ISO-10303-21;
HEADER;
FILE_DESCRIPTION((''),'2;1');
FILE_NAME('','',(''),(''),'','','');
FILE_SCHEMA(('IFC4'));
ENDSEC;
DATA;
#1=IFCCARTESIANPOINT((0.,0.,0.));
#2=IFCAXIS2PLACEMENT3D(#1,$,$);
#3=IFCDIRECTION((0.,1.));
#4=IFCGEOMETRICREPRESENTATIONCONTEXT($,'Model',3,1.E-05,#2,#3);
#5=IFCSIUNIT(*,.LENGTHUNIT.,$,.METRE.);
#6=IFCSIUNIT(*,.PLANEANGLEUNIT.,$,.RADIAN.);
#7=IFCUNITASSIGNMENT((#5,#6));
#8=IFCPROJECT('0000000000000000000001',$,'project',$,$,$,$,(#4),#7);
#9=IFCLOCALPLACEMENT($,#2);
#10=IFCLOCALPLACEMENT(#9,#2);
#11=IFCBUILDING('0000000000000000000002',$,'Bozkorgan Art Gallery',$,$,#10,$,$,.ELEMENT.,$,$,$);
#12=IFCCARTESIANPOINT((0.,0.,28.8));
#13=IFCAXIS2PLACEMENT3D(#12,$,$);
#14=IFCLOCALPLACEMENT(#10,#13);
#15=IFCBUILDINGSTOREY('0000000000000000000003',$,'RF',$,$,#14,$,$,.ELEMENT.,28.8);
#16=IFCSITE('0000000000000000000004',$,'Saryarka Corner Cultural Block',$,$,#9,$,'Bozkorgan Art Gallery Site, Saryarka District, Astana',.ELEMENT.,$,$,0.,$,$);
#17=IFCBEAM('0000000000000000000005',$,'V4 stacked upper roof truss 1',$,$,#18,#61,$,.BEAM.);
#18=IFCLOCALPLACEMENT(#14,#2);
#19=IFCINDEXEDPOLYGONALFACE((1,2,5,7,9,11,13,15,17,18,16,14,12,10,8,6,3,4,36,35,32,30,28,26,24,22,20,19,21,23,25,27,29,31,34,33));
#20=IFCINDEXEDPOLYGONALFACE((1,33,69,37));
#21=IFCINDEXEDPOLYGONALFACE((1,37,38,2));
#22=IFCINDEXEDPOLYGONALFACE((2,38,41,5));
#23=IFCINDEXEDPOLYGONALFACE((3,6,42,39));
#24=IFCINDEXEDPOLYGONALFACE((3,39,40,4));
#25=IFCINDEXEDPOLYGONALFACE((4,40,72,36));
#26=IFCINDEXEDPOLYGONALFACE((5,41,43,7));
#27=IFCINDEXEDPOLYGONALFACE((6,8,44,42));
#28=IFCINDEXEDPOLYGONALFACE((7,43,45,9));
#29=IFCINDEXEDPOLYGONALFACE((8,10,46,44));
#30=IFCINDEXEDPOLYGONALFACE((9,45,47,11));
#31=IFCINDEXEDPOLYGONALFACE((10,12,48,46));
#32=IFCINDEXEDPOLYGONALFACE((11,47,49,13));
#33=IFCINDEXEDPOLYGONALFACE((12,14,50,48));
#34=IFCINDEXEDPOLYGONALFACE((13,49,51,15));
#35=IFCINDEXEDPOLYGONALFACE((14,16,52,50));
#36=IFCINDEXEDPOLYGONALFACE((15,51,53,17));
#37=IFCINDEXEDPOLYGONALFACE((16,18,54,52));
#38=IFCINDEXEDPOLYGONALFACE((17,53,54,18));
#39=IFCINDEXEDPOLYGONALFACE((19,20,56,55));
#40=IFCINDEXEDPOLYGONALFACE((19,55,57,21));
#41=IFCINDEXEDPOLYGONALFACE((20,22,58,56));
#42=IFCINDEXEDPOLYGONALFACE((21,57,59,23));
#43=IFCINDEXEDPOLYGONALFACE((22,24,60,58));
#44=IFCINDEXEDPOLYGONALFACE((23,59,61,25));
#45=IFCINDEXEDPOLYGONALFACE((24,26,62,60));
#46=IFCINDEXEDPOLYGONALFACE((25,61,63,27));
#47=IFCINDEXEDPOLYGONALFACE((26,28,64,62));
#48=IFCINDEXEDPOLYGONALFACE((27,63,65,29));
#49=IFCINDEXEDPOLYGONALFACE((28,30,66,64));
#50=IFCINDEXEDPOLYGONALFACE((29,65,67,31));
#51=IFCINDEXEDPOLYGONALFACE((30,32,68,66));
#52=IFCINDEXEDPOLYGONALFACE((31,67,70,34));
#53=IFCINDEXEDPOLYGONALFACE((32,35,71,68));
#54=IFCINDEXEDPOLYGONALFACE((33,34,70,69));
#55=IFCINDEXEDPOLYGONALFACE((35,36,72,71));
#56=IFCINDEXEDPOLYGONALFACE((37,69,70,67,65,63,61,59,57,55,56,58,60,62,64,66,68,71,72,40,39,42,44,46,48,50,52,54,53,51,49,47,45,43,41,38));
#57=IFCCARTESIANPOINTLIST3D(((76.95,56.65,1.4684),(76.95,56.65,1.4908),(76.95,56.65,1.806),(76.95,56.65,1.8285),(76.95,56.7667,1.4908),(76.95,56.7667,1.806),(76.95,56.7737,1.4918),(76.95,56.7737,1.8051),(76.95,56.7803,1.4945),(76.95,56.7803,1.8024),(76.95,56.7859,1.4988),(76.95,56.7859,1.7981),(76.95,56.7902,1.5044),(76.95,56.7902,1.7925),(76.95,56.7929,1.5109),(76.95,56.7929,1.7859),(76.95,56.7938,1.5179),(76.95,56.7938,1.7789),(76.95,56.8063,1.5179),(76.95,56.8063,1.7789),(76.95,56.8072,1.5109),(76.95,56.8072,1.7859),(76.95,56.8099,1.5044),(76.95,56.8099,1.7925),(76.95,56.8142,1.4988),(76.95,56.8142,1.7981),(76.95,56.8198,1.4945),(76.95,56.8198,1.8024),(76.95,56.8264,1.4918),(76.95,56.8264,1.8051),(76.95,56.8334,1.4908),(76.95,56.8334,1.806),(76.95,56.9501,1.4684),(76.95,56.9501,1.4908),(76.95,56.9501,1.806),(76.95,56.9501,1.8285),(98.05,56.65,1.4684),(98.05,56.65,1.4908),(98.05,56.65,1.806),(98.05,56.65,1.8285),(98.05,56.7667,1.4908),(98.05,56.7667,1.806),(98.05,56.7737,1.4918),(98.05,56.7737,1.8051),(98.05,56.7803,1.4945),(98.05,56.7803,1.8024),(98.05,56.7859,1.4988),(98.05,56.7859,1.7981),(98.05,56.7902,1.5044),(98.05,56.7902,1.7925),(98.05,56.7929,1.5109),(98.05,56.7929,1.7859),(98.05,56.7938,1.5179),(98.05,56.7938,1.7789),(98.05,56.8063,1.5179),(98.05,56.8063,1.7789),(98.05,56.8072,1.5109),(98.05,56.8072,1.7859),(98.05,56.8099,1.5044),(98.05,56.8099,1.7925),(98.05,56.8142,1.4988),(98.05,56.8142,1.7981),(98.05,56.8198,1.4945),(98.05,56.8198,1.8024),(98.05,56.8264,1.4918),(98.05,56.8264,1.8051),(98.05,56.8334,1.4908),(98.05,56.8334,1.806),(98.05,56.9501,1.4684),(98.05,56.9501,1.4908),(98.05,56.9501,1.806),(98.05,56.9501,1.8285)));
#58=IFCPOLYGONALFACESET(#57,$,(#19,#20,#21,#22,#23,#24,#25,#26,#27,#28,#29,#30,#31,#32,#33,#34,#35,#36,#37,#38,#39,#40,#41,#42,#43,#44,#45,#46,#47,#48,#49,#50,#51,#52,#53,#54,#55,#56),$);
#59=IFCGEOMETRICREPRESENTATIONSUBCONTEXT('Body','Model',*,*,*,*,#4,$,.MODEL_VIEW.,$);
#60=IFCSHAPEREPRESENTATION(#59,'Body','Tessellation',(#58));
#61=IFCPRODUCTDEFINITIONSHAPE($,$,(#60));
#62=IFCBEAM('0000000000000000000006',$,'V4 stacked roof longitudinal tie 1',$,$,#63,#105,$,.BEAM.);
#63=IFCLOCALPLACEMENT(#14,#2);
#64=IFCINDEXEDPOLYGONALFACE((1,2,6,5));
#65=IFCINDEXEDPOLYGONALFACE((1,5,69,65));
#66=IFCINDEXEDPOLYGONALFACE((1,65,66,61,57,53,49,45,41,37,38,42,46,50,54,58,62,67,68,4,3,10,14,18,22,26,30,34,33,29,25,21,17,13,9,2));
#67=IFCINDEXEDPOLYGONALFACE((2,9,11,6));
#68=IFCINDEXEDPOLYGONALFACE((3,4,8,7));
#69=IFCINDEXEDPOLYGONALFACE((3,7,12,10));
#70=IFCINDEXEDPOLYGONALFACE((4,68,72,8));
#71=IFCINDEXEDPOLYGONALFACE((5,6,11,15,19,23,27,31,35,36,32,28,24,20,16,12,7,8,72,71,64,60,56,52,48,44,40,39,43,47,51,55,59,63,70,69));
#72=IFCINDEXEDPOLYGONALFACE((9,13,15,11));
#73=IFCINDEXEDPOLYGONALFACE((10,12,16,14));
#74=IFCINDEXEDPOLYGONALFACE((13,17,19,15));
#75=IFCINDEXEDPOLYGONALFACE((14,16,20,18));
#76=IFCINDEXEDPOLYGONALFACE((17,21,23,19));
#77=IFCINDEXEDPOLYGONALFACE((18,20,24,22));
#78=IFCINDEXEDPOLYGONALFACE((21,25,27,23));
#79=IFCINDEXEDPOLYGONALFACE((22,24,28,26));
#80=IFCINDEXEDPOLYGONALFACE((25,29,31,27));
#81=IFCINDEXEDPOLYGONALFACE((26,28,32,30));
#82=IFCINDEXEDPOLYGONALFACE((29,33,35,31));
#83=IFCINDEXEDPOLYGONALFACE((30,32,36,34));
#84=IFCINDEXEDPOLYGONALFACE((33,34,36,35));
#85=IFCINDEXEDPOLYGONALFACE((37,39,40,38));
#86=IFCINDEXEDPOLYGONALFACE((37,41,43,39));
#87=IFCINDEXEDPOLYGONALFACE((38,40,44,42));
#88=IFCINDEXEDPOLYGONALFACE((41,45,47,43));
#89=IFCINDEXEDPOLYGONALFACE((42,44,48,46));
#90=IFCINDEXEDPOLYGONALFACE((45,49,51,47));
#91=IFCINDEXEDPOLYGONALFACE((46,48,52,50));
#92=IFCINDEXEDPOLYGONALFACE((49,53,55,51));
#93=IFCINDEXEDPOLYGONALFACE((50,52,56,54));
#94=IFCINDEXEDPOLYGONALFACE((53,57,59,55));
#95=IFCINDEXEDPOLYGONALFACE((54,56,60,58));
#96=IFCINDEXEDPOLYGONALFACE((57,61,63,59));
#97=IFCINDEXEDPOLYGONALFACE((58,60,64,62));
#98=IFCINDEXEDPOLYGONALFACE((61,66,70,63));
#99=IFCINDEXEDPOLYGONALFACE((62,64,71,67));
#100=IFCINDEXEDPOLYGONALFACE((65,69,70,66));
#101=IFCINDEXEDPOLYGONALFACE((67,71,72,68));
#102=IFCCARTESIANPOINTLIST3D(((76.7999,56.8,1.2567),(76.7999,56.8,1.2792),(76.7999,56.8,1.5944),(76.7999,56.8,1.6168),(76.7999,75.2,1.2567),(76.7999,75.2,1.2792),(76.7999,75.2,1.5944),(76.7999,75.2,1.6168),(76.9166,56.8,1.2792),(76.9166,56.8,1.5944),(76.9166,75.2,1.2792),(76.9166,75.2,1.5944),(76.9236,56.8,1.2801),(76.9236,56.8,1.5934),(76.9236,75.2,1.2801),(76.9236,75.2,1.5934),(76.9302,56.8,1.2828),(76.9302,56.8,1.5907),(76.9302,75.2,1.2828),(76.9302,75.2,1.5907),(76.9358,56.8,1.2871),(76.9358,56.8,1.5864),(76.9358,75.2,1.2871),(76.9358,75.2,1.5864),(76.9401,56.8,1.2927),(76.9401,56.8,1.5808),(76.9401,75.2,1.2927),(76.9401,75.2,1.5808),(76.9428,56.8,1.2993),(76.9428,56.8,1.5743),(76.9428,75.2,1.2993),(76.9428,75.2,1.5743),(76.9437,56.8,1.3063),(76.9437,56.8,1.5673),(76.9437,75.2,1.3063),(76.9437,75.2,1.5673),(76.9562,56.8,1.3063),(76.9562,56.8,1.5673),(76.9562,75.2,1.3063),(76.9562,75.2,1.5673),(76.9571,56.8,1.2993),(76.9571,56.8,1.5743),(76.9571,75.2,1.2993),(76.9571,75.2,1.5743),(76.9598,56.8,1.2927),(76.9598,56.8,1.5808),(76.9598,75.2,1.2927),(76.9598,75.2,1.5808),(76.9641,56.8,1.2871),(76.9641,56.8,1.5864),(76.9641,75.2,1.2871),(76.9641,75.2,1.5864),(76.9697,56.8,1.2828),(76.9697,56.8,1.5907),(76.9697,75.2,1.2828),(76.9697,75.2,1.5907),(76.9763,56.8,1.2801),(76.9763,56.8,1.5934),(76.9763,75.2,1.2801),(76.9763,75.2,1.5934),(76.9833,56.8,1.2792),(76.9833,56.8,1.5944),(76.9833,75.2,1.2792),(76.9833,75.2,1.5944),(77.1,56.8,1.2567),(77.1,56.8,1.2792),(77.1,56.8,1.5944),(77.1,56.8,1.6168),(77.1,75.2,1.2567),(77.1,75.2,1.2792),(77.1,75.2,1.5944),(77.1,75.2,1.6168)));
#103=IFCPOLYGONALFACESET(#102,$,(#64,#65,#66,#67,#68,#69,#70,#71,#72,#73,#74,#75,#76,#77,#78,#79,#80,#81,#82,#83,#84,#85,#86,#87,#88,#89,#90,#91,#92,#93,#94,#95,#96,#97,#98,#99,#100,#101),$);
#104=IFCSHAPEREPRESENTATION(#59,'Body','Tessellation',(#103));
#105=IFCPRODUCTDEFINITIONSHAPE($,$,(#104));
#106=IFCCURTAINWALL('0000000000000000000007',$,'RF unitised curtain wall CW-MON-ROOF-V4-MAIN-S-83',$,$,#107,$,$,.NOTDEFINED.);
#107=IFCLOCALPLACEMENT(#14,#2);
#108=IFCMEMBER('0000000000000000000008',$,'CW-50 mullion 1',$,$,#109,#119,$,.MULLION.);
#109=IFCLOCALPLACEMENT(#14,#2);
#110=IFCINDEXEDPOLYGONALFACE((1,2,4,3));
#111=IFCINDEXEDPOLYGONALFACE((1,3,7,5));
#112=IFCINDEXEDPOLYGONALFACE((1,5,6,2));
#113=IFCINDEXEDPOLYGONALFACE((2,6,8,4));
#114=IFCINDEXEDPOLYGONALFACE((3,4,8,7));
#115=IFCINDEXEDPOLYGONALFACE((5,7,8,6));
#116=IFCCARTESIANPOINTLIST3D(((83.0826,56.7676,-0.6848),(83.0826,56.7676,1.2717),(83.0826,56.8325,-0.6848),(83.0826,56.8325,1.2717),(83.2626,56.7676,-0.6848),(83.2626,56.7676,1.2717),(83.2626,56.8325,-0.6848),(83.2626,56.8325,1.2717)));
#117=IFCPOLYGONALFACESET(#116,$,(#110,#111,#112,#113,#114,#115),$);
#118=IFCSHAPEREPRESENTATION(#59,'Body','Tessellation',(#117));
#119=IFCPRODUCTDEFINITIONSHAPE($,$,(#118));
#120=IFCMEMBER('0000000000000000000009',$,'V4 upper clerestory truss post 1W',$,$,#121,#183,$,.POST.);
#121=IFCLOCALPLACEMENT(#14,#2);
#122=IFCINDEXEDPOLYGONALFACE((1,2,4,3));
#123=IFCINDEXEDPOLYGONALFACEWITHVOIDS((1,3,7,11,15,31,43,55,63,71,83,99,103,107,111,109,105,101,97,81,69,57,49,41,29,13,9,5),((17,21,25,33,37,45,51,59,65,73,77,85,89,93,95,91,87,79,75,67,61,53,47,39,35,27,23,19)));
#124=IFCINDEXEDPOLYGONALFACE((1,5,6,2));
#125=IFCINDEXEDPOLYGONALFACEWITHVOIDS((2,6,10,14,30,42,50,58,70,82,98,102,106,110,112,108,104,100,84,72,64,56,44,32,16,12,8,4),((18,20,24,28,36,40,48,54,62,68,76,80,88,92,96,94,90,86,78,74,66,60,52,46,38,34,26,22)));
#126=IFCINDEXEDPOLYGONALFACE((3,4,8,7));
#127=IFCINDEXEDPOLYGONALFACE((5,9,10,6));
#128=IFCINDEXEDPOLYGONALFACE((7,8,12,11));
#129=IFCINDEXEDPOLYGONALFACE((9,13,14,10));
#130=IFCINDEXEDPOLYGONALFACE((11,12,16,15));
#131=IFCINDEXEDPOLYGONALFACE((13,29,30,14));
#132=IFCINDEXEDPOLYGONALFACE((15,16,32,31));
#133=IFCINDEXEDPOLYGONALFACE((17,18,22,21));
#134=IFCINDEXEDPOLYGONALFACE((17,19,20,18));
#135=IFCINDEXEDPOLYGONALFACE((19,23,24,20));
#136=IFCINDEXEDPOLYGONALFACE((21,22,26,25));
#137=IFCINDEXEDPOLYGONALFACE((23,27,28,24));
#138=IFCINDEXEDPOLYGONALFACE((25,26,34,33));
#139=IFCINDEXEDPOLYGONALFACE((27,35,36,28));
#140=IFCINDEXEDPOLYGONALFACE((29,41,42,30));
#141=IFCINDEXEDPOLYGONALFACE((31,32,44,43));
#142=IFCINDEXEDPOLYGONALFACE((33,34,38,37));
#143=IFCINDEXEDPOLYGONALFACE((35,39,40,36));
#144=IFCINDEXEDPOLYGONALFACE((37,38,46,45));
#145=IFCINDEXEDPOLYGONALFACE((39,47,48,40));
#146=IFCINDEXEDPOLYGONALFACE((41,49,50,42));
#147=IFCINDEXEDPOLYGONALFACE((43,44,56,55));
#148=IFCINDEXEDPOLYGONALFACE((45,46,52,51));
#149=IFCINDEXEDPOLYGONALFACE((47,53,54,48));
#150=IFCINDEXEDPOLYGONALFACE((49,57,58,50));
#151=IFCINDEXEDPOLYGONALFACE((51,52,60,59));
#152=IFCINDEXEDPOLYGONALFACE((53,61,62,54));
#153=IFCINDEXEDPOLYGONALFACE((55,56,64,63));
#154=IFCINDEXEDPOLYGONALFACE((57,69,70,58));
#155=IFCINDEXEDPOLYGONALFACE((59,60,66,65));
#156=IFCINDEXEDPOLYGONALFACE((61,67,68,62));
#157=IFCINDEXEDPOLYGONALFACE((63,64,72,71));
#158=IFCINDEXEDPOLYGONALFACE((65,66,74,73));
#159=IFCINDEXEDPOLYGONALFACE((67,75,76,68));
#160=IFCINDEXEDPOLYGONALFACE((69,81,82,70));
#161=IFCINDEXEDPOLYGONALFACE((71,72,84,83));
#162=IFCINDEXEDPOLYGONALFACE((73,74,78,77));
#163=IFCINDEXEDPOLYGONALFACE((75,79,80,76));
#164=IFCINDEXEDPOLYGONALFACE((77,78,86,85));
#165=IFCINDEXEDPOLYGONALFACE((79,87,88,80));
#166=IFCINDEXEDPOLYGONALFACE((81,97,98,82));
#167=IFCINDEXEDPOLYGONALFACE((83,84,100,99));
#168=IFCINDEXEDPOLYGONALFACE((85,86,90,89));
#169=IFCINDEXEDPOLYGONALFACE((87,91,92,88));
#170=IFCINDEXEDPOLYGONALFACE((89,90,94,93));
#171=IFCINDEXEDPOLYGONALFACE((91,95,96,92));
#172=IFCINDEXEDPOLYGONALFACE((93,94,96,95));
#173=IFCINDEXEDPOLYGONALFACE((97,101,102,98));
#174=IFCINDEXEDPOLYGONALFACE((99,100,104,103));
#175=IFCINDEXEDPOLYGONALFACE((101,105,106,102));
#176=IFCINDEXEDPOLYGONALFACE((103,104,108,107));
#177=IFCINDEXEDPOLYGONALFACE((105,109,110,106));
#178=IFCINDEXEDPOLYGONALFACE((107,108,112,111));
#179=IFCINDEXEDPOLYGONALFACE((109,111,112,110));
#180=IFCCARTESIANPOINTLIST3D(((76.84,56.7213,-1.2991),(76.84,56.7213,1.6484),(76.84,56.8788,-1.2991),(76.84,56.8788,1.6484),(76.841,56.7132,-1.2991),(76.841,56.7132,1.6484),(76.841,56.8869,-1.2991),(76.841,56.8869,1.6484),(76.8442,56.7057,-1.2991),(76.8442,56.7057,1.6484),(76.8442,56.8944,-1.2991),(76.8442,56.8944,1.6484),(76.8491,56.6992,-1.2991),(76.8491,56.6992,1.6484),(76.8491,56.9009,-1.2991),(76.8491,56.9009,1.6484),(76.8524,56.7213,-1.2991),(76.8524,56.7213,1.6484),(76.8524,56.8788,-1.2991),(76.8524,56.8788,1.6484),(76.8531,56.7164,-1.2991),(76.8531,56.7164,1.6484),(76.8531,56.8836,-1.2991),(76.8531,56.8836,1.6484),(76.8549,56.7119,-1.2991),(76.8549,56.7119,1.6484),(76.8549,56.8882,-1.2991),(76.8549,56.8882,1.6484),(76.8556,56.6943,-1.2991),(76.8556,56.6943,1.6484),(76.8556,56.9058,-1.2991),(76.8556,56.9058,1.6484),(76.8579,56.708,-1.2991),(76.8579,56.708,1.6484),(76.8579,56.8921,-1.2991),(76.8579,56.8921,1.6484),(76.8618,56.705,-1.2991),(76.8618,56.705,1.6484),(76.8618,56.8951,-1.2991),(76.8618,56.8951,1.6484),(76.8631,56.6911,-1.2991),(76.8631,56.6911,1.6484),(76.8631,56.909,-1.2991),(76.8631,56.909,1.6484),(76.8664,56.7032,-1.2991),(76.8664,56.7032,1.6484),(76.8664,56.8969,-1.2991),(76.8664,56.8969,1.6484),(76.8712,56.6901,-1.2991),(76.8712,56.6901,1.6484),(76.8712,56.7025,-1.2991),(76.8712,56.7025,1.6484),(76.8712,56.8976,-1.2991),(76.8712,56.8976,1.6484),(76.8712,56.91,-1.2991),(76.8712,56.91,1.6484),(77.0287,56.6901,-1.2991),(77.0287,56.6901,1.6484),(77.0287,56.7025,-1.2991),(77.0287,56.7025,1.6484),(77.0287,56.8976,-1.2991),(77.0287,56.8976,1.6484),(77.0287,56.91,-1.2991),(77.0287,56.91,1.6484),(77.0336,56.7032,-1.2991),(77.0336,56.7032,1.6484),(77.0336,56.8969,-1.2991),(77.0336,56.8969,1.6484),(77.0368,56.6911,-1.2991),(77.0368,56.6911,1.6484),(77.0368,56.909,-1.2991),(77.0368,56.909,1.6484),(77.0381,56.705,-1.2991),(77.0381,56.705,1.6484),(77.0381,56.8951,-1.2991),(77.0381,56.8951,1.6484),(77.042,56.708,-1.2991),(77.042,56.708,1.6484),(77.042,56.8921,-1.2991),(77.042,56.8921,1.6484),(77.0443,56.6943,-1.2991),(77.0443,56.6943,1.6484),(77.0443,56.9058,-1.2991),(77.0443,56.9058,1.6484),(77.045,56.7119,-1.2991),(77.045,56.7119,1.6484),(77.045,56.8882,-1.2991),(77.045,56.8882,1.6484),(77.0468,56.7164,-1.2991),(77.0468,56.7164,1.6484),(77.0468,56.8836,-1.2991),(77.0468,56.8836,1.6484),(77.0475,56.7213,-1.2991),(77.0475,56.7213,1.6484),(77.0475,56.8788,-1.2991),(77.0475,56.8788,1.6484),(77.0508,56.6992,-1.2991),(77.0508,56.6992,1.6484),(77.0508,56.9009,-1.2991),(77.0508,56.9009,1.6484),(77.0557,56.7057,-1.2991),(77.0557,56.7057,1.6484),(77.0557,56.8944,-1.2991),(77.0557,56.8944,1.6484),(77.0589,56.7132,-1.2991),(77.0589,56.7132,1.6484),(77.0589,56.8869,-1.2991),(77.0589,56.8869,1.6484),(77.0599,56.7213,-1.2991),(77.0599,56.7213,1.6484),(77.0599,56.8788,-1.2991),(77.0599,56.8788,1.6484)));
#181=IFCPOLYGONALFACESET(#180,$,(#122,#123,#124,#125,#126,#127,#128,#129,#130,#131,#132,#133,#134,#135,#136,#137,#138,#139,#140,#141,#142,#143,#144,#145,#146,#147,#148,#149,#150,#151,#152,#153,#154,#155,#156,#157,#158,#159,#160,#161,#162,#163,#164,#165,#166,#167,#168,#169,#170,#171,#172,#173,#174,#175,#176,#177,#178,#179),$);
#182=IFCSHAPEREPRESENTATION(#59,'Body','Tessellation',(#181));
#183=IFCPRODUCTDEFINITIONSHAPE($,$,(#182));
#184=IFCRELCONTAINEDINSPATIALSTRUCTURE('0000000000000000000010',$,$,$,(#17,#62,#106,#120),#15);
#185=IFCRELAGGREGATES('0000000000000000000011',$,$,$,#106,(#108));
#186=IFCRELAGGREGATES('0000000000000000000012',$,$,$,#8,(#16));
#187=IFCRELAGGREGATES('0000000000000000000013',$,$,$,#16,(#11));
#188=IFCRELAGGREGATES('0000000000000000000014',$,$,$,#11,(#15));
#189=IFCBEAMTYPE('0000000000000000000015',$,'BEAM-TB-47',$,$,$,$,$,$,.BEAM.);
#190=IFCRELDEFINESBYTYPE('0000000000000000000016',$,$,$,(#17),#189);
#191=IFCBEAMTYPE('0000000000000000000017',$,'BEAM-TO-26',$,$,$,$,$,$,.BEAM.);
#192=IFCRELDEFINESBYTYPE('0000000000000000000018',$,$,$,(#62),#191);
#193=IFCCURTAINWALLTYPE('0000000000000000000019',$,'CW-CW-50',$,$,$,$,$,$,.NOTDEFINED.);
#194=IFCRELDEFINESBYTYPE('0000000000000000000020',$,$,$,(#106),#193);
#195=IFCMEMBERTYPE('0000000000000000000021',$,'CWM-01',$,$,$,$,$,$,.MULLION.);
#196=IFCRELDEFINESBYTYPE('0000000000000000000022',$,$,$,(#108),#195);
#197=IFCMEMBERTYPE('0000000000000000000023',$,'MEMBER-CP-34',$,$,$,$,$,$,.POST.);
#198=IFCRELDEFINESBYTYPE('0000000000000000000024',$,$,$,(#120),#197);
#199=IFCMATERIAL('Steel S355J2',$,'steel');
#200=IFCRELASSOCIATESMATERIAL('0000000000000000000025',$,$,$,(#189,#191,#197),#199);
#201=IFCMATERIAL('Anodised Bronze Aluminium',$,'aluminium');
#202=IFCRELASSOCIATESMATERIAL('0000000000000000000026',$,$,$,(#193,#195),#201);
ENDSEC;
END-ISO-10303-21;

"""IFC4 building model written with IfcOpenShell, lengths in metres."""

from ifc_helpers import new_model, si_unit, direction, frame, origin, origin_2d, place, context, subcontext, project, spatial, rectangle, hollow_rectangle, i_section, extrude, material, material_profile, profile_set, type_object, element, aggregate, save


model = new_model("IFC4")

# Units and contexts
model_context = context("Model", 3, precision=1e-05, world=origin(), true_north=direction((0.0, 1.0)))
body_context = subcontext(model_context, "Body", "Model", "MODEL_VIEW")
ifc_project = project(units=[si_unit("LENGTHUNIT", "METRE"), si_unit("PLANEANGLEUNIT", "RADIAN")], contexts=[model_context])

# Site, building, storey
site_placement = place(None, origin())
site = spatial("IfcSite", under=ifc_project, at=site_placement, Name="Saryarka Corner Cultural Block", LongName="Bozkorgan Art Gallery Site, Saryarka District, Astana", CompositionType="ELEMENT", RefElevation=0.0)
building_placement = place(site_placement, origin())
building = spatial("IfcBuilding", under=site, at=building_placement, Name="Bozkorgan Art Gallery", CompositionType="ELEMENT")
storey_placement = place(building_placement, frame((0.0, 0.0, 28.8)))
storey = spatial("IfcBuildingStorey", under=building, at=storey_placement, Name="RF", CompositionType="ELEMENT", Elevation=28.8)

# Beams
ifc_material_1 = material(Name="Steel S355J2", Category="steel")
ifc_material_profile_1 = material_profile(ifc_material_1, i_section(OverallWidth=0.3, OverallDepth=0.3601, WebThickness=0.0125, FlangeThickness=0.0225, FilletRadius=0.0271, at=origin_2d()), Name="HEB 360")
ifc_profile_set_1 = profile_set([ifc_material_profile_1], Name="Steel S355J2")
beam_type_1 = type_object("IfcBeamType", Name="BEAM-TB-47", PredefinedType="BEAM", material=ifc_profile_set_1)
beam_1_placement = place(storey_placement, frame((76.95, 56.8, 1.6484), z_axis=(1.0, 0.0, 0.0), x_axis=(0.0, 1.0, 0.0)))
element("IfcBeam", 1, at=beam_1_placement, inside=storey, type_object=beam_type_1, Name="V4 stacked upper roof truss 1", PredefinedType="BEAM", context=body_context, shape_type="SweptSolid", body=[
    extrude(i_section(OverallWidth=0.3, OverallDepth=0.3601, WebThickness=0.0125, FlangeThickness=0.0225, FilletRadius=0.0271, at=origin_2d()), origin(), (0.0, 0.0, 1.0), 21.1001),
])
ifc_material_profile_2 = material_profile(ifc_material_1, i_section(OverallWidth=0.3, OverallDepth=0.3601, WebThickness=0.0125, FlangeThickness=0.0225, FilletRadius=0.0271, at=origin_2d()), Name="HEB 360")
ifc_profile_set_2 = profile_set([ifc_material_profile_2], Name="Steel S355J2")
beam_type_2 = type_object("IfcBeamType", Name="BEAM-TO-26", PredefinedType="BEAM", material=ifc_profile_set_2)
beam_2_placement = place(storey_placement, frame((76.95, 56.8, 1.4368), z_axis=(0.0, 1.0, 0.0), x_axis=(-1.0, 0.0, 0.0)))
element("IfcBeam", 2, at=beam_2_placement, inside=storey, type_object=beam_type_2, Name="V4 stacked roof longitudinal tie 1", PredefinedType="BEAM", context=body_context, shape_type="SweptSolid", body=[
    extrude(i_section(OverallWidth=0.3, OverallDepth=0.3601, WebThickness=0.0125, FlangeThickness=0.0225, FilletRadius=0.0271, at=origin_2d()), origin(), (0.0, 0.0, 1.0), 18.3999),
])

# Curtain wall, member
ifc_material_2 = material(Name="Anodised Bronze Aluminium", Category="aluminium")
curtain_wall_type = type_object("IfcCurtainWallType", Name="CW-CW-50", PredefinedType="NOTDEFINED", material=ifc_material_2)
curtain_wall_placement = place(storey_placement, origin())
curtain_wall = element("IfcCurtainWall", 3, at=curtain_wall_placement, inside=storey, type_object=curtain_wall_type, Name="RF unitised curtain wall CW-MON-ROOF-V4-MAIN-S-83", PredefinedType="NOTDEFINED")
ifc_material_profile_3 = material_profile(ifc_material_2, rectangle(XDim=0.0649, YDim=0.1799, at=origin_2d()), Name="ALU MULLION 65x180")
ifc_profile_set_3 = profile_set([ifc_material_profile_3], Name="Anodised Bronze Aluminium")
member_type_1 = type_object("IfcMemberType", Name="CWM-01", PredefinedType="MULLION", material=ifc_profile_set_3)
member_1_placement = place(storey_placement, frame((83.1726, 56.8, -0.6848), z_axis=(0.0, 0.0, 1.0), x_axis=(0.0, 1.0, 0.0)))
member_1 = element("IfcMember", 4, at=member_1_placement, type_object=member_type_1, Name="CW-50 mullion 1", PredefinedType="MULLION", context=body_context, shape_type="SweptSolid", body=[
    extrude(rectangle(XDim=0.0649, YDim=0.1799, at=origin_2d()), origin(), (0.0, 0.0, 1.0), 1.9565),
])
aggregate(curtain_wall, [member_1])

# Member
ifc_material_profile_4 = material_profile(ifc_material_1, hollow_rectangle(XDim=0.22, YDim=0.22, WallThickness=0.0125, InnerFilletRadius=0.0188, OuterFilletRadius=0.0312, at=origin_2d()), Name="SHS 220x220x12.5")
ifc_profile_set_4 = profile_set([ifc_material_profile_4], Name="Steel S355J2")
member_type_2 = type_object("IfcMemberType", Name="MEMBER-CP-34", PredefinedType="POST", material=ifc_profile_set_4)
member_2_placement = place(storey_placement, frame((76.95, 56.8, -1.2991), z_axis=(0.0, 0.0, 1.0), x_axis=(1.0, 0.0, 0.0)))
element("IfcMember", 5, at=member_2_placement, inside=storey, type_object=member_type_2, Name="V4 upper clerestory truss post 1W", PredefinedType="POST", context=body_context, shape_type="SweptSolid", body=[
    extrude(hollow_rectangle(XDim=0.22, YDim=0.22, WallThickness=0.0125, InnerFilletRadius=0.0188, OuterFilletRadius=0.0312, at=origin_2d()), origin(), (0.0, 0.0, 1.0), 2.9475),
])

save(model, "model.ifc")
